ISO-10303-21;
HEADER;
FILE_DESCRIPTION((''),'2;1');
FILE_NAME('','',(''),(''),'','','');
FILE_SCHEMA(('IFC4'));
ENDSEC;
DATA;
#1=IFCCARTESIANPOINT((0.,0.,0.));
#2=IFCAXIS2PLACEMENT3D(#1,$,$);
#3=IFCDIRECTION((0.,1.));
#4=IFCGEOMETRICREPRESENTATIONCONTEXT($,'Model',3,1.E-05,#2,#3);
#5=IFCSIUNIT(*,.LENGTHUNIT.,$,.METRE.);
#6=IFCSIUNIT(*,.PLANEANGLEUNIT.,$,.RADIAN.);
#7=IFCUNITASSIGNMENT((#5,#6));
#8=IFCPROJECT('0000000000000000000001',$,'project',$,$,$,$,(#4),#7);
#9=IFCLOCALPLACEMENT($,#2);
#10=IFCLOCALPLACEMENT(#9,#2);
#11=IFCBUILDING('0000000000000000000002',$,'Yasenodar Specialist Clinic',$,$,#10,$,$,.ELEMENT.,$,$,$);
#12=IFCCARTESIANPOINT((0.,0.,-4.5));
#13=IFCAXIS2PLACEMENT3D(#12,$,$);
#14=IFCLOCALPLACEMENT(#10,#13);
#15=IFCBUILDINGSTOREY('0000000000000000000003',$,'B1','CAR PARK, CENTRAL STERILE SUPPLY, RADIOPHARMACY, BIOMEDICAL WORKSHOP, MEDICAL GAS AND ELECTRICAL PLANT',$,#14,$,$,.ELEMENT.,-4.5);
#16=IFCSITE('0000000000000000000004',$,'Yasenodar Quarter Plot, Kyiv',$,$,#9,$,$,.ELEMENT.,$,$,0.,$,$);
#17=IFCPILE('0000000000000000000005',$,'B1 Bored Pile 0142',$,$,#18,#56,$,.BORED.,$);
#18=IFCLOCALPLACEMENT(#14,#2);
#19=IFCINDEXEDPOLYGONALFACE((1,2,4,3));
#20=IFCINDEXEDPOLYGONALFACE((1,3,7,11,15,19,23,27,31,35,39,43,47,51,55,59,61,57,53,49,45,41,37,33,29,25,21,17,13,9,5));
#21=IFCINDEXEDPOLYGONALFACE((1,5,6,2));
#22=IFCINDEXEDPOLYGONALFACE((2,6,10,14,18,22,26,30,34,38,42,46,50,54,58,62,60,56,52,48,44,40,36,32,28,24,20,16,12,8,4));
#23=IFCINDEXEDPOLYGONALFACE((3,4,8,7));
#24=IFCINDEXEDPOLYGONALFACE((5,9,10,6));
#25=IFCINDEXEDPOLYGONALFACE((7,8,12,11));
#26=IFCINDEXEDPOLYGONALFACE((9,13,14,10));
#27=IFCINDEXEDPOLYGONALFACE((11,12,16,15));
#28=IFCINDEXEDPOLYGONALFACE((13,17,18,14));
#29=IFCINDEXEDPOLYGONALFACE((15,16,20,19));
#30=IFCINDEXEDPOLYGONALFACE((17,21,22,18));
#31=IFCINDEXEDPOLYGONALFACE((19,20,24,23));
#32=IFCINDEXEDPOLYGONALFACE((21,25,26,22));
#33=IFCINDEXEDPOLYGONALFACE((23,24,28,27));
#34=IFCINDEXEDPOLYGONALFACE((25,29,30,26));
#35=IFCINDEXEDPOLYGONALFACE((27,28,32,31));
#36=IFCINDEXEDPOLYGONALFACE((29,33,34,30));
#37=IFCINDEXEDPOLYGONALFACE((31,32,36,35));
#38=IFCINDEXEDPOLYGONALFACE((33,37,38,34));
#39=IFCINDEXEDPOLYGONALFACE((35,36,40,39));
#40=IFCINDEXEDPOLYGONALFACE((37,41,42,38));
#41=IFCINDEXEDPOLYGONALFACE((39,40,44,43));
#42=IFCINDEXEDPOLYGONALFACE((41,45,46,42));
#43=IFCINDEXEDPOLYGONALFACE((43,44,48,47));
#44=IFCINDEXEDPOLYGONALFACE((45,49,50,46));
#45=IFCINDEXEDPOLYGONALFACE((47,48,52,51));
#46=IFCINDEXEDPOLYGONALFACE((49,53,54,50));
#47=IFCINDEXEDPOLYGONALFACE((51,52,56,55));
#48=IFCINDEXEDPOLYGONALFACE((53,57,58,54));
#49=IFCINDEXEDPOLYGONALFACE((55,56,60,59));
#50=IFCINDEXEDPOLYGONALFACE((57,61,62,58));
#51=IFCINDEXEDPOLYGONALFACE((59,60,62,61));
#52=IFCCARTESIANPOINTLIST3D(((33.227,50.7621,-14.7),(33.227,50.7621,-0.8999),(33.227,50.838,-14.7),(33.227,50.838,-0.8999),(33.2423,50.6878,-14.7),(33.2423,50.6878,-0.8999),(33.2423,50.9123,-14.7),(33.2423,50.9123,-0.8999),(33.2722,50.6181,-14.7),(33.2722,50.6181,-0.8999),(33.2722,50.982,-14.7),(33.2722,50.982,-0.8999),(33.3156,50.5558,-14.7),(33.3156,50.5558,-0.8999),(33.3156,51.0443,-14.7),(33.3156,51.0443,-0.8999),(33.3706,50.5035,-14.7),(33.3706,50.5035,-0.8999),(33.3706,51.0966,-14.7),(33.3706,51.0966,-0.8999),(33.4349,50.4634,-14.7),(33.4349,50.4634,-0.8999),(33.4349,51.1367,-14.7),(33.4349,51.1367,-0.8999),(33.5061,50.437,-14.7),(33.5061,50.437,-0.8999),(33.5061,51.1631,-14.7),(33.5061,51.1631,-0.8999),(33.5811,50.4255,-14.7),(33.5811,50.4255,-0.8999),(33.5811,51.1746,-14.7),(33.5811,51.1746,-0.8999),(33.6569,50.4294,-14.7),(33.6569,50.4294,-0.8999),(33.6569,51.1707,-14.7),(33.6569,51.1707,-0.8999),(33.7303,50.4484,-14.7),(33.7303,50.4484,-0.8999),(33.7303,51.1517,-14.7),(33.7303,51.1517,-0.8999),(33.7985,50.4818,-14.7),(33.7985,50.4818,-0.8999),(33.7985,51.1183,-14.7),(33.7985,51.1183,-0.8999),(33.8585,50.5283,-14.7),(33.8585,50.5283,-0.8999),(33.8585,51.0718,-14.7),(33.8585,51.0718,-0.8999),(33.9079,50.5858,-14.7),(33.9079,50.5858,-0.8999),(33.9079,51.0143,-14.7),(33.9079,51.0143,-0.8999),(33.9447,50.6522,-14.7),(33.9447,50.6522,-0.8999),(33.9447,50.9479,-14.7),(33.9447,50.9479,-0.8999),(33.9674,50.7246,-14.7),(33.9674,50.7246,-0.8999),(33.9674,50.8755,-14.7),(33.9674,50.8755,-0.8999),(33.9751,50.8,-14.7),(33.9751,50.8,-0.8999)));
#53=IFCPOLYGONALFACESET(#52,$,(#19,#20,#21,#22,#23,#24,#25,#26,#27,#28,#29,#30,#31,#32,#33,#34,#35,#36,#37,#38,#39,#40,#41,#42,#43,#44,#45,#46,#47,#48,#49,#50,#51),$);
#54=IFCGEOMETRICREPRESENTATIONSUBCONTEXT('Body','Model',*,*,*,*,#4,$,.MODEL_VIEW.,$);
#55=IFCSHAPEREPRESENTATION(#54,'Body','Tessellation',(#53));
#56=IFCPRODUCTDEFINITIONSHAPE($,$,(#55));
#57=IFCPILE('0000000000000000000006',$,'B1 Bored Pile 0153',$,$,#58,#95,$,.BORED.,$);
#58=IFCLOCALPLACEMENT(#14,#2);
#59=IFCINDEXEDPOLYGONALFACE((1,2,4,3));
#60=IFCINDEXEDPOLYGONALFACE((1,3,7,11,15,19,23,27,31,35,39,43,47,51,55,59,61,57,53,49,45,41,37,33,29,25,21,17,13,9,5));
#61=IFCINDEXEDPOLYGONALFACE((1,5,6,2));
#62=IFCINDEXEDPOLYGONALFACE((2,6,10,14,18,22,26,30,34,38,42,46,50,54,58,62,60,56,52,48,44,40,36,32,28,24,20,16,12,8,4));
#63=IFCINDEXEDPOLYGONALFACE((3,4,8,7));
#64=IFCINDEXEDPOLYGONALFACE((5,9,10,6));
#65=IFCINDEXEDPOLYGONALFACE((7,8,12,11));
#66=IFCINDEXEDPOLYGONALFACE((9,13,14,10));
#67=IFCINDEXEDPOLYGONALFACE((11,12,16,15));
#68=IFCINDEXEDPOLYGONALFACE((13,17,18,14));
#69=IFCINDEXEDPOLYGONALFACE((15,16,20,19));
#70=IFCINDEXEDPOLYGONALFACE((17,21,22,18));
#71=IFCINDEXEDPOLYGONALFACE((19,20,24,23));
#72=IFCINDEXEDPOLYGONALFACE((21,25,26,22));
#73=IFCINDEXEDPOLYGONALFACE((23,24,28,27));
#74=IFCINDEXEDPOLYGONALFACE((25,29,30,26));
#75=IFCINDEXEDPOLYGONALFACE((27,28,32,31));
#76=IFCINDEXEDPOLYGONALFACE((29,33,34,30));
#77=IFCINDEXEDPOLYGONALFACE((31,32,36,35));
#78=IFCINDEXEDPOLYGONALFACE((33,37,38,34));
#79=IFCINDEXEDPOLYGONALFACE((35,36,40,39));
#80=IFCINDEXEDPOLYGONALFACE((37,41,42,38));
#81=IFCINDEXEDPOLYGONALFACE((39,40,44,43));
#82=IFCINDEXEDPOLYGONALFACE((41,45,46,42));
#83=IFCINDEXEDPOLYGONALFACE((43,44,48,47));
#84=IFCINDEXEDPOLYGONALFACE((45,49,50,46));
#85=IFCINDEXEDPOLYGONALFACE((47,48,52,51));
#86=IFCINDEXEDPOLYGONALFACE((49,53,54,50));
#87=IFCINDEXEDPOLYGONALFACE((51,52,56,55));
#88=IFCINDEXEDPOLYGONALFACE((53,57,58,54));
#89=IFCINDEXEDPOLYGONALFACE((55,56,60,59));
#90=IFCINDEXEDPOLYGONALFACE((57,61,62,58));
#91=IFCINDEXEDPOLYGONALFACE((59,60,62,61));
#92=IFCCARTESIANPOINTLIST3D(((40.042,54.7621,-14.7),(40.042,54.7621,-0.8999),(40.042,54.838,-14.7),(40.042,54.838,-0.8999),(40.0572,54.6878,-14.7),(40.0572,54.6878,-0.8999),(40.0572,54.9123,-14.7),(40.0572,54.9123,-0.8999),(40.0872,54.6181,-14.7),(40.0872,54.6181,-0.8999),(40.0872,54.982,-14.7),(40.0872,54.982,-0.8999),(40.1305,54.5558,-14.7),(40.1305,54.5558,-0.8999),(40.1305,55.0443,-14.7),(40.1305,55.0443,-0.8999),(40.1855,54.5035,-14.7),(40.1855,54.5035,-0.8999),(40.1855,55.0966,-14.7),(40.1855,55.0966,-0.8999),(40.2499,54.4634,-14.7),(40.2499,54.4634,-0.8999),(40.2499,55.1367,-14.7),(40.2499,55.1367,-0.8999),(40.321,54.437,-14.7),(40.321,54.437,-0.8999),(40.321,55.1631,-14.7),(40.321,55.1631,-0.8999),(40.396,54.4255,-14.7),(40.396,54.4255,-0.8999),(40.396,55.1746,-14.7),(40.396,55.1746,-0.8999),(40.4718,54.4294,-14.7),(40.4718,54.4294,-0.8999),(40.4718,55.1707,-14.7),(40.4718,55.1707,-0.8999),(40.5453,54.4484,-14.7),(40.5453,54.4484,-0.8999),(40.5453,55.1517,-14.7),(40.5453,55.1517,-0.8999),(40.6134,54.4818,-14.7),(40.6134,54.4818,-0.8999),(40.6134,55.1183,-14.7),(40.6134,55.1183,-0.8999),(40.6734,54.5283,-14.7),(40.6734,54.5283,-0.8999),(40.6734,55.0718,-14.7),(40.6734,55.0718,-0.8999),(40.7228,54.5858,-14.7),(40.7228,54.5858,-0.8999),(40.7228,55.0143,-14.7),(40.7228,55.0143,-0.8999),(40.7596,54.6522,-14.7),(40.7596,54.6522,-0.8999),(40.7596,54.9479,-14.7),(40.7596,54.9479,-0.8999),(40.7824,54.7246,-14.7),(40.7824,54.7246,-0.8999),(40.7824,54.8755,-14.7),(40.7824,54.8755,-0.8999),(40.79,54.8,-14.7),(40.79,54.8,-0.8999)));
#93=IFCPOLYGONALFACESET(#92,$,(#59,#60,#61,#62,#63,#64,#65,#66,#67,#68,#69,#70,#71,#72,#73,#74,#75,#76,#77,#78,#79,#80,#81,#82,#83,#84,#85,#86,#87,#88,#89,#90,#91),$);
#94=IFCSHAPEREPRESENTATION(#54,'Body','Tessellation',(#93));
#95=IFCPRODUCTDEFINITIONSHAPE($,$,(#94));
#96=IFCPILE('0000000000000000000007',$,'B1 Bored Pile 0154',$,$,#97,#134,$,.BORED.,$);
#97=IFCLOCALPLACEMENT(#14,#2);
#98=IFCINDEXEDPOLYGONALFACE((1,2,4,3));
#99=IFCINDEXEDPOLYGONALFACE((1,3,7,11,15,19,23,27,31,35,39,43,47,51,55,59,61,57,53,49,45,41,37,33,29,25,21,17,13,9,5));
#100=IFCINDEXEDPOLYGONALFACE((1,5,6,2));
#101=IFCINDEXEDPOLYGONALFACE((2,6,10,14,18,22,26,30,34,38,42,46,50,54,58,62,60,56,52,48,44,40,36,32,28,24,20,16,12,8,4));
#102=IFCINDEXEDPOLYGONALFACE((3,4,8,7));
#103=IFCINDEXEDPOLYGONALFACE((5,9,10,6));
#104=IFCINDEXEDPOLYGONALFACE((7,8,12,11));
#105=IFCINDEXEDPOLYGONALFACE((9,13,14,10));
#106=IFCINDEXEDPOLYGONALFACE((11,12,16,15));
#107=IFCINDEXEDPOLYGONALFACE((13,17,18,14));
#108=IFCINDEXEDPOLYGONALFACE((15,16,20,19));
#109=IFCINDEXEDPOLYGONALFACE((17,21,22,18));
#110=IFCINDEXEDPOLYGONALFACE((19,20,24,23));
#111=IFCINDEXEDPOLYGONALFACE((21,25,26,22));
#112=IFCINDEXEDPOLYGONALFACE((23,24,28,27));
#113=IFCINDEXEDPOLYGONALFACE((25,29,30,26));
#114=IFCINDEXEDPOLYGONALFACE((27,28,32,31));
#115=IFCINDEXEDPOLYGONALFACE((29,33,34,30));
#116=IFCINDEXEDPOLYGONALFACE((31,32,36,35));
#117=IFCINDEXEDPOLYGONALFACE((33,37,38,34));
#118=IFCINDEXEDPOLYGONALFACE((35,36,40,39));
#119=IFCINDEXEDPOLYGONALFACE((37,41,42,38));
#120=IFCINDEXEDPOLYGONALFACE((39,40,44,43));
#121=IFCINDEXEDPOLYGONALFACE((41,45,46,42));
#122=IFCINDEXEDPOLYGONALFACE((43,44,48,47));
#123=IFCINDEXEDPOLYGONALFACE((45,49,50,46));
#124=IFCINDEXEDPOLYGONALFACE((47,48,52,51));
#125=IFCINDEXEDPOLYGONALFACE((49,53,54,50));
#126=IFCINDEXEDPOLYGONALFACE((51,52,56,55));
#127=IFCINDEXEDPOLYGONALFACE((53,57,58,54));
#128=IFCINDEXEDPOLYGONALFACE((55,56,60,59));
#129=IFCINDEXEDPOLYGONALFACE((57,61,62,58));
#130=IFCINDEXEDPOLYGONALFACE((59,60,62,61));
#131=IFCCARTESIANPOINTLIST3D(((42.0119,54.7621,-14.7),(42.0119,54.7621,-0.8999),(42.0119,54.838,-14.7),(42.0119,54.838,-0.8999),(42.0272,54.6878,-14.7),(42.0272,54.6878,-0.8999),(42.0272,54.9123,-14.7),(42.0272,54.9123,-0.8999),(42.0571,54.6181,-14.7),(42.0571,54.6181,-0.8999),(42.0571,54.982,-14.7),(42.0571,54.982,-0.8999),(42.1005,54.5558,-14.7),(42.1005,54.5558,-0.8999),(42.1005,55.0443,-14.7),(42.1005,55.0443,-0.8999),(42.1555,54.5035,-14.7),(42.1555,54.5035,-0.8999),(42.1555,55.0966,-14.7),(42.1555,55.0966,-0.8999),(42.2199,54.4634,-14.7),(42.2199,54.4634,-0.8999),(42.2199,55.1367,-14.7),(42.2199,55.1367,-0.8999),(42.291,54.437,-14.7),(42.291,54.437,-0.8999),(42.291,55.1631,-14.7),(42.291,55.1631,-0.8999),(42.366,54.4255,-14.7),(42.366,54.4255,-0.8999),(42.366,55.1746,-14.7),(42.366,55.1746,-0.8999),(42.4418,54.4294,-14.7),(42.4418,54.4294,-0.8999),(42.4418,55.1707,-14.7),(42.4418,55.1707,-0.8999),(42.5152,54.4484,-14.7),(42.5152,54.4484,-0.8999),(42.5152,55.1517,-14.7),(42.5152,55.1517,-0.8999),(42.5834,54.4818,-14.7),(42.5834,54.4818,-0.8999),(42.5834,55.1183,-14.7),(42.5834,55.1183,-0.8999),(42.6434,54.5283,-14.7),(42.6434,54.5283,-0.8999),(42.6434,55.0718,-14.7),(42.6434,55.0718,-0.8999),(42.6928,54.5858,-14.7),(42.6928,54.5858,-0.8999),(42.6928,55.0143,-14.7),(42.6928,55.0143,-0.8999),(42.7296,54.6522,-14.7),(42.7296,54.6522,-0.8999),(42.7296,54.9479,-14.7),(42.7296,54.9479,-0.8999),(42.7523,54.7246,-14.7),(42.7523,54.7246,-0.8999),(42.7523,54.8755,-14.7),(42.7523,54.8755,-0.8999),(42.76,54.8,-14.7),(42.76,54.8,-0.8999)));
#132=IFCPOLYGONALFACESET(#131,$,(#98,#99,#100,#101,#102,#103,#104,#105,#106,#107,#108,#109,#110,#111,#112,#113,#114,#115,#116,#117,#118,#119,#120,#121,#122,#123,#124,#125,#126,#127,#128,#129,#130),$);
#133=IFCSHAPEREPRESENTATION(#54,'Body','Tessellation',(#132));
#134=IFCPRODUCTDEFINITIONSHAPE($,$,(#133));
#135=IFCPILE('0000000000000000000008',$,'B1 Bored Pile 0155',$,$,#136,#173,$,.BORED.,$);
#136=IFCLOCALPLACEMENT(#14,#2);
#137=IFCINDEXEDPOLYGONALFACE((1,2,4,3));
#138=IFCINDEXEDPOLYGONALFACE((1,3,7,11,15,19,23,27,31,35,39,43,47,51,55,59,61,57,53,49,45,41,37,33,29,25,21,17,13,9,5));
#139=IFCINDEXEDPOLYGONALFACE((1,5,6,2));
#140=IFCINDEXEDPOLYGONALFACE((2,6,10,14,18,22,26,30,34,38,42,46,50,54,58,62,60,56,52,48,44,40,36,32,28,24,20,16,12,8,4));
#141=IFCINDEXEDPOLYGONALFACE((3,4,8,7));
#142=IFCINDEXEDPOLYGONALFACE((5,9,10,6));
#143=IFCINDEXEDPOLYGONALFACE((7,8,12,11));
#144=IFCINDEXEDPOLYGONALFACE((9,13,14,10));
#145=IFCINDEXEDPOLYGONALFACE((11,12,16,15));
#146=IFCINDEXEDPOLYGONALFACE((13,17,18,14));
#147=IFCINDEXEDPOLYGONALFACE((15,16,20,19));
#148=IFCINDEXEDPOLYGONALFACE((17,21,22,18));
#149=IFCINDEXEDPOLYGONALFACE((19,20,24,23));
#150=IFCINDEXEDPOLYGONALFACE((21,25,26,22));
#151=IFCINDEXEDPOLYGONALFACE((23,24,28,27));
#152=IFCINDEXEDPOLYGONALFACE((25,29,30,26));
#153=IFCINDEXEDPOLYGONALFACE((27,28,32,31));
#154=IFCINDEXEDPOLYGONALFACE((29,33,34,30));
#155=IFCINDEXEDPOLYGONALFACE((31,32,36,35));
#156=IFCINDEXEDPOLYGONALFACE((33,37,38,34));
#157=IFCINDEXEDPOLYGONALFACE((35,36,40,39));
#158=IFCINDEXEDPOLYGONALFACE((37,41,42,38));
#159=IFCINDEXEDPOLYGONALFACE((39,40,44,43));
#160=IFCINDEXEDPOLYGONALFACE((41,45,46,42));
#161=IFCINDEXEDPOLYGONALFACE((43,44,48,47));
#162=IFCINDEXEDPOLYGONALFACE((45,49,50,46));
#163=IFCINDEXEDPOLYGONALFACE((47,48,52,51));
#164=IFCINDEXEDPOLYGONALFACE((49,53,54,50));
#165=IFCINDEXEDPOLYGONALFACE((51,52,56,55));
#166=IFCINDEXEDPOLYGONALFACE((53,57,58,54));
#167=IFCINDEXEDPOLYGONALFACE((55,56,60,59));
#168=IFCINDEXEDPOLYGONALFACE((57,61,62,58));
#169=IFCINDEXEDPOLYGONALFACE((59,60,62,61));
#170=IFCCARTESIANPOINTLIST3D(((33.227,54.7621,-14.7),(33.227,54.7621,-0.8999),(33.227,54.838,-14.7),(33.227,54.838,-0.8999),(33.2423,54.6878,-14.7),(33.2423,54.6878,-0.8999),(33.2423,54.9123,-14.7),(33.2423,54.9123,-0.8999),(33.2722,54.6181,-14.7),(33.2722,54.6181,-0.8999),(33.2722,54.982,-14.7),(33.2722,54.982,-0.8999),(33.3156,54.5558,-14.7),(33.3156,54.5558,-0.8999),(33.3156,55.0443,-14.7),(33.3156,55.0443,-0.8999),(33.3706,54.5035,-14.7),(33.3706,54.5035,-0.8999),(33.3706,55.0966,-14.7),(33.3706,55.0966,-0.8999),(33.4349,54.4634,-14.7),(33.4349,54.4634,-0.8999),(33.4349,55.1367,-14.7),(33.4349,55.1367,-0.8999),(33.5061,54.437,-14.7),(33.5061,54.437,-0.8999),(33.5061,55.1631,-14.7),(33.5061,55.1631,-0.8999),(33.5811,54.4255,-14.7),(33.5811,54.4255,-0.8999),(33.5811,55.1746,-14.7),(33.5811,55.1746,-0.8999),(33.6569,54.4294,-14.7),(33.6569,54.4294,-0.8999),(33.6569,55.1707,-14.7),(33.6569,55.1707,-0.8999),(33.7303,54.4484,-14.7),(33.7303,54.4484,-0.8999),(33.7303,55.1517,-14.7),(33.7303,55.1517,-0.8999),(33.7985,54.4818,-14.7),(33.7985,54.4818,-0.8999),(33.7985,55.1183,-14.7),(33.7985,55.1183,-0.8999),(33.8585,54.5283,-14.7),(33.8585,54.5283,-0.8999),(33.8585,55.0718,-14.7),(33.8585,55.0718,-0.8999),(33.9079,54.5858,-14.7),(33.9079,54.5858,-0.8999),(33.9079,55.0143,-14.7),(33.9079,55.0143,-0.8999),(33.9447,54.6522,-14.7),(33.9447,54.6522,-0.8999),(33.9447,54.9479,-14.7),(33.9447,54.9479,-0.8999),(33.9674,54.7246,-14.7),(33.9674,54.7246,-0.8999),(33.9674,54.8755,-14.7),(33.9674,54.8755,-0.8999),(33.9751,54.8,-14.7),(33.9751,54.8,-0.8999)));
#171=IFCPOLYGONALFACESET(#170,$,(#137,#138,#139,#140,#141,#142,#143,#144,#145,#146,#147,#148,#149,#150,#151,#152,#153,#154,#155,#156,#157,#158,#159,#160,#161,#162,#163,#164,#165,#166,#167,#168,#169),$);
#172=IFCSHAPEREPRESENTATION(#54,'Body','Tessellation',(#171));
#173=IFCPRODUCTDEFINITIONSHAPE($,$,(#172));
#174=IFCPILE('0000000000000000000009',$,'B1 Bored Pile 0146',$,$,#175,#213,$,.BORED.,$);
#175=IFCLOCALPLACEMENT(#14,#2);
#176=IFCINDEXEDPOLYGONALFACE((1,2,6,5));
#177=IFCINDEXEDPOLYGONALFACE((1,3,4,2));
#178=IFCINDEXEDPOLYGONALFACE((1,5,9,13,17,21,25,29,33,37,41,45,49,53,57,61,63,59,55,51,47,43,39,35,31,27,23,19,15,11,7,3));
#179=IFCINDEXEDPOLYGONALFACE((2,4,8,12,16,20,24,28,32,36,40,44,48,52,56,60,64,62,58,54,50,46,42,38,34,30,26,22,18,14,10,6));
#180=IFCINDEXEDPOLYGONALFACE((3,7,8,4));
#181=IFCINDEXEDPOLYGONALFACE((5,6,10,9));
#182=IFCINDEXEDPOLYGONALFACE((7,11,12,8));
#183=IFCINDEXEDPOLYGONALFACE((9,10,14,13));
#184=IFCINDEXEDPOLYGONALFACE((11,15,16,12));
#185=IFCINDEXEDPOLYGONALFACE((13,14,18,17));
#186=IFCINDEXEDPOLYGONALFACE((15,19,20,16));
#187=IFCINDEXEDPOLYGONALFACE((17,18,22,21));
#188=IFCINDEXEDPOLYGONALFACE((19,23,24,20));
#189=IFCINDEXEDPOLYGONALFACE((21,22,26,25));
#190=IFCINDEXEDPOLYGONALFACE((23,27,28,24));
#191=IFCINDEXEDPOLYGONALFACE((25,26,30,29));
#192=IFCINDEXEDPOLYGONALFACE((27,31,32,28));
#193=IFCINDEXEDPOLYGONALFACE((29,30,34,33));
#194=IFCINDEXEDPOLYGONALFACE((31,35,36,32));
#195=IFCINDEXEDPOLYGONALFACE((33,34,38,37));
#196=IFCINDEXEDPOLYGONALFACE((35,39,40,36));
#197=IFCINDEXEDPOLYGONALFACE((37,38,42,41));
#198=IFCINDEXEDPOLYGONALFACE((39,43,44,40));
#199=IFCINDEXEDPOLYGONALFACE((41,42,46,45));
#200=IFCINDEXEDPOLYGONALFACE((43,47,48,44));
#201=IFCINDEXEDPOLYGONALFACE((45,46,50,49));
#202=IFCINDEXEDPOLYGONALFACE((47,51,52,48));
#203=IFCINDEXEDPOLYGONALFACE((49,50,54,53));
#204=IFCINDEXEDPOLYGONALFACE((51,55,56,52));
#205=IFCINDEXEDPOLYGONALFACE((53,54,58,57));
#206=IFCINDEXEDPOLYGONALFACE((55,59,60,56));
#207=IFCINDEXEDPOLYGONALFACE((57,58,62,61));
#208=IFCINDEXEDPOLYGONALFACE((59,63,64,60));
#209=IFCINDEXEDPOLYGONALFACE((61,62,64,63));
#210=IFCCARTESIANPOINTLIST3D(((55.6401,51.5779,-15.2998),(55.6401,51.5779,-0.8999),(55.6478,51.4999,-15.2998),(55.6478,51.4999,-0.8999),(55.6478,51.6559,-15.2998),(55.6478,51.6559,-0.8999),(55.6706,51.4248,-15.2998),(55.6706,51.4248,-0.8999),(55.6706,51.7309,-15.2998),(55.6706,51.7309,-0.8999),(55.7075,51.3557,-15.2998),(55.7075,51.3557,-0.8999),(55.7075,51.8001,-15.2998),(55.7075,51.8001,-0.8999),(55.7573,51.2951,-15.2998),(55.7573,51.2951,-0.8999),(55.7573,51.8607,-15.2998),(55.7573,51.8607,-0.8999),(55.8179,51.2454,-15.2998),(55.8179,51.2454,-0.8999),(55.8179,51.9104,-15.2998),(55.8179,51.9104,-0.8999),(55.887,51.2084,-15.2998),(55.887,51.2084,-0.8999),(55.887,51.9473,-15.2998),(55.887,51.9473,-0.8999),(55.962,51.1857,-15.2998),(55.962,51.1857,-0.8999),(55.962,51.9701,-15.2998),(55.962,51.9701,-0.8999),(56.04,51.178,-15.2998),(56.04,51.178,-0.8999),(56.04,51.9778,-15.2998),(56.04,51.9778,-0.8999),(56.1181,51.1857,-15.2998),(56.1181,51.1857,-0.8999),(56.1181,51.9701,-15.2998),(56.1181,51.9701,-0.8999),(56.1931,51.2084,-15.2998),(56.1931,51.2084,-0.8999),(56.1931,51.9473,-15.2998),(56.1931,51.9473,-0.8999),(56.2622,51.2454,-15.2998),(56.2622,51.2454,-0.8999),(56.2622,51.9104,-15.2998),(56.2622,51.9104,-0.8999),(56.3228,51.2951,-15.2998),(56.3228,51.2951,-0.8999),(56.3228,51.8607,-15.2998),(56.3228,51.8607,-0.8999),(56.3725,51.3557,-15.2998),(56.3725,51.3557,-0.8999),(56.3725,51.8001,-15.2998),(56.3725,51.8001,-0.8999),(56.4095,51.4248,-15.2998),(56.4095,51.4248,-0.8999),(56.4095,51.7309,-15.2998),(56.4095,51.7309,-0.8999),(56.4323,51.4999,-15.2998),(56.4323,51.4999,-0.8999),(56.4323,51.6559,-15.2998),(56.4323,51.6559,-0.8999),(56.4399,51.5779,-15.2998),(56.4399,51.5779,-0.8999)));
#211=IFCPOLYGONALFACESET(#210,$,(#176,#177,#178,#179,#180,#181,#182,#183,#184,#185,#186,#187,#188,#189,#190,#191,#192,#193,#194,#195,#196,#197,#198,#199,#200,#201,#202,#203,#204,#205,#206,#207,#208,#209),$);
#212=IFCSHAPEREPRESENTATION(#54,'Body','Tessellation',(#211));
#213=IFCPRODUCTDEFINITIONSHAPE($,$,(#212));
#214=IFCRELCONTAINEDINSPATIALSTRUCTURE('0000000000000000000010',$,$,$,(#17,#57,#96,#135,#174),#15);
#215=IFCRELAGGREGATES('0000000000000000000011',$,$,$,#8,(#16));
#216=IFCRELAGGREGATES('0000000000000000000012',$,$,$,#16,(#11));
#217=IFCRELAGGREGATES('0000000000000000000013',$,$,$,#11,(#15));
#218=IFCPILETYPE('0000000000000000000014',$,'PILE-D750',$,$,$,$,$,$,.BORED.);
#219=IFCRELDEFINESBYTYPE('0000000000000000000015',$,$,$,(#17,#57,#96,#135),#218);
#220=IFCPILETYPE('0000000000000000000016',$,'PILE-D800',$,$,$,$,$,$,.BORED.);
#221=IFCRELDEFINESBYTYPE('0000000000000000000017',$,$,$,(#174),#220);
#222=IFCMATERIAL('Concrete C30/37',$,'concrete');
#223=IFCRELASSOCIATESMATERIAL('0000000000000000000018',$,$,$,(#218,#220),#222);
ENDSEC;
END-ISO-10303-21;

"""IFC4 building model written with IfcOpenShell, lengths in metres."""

from ifc_helpers import new_model, si_unit, direction, frame, origin, origin_2d, place, context, subcontext, project, spatial, circle, extrude, material, material_profile, profile_set, type_object, element, save


model = new_model("IFC4")

# Units and contexts
model_context = context("Model", 3, precision=1e-05, world=origin(), true_north=direction((0.0, 1.0)))
body_context = subcontext(model_context, "Body", "Model", "MODEL_VIEW")
ifc_project = project(units=[si_unit("LENGTHUNIT", "METRE"), si_unit("PLANEANGLEUNIT", "RADIAN")], contexts=[model_context])

# Site, building, storey
site_placement = place(None, origin())
site = spatial("IfcSite", under=ifc_project, at=site_placement, Name="Yasenodar Quarter Plot, Kyiv", CompositionType="ELEMENT", RefElevation=0.0)
building_placement = place(site_placement, origin())
building = spatial("IfcBuilding", under=site, at=building_placement, Name="Yasenodar Specialist Clinic", CompositionType="ELEMENT")
storey_placement = place(building_placement, frame((0.0, 0.0, -4.5)))
storey = spatial("IfcBuildingStorey", under=building, at=storey_placement, Name="B1", Description="CAR PARK, CENTRAL STERILE SUPPLY, RADIOPHARMACY, BIOMEDICAL WORKSHOP, MEDICAL GAS AND ELECTRICAL PLANT", CompositionType="ELEMENT", Elevation=-4.5)

# Piles
ifc_material_1 = material(Name="Concrete C30/37", Category="concrete")
ifc_material_profile_1 = material_profile(ifc_material_1, circle(Radius=0.375, at=origin_2d()), Name="PILE D750")
ifc_profile_set_1 = profile_set([ifc_material_profile_1], Name="Concrete C30/37")
pile_type_1 = type_object("IfcPileType", Name="PILE-D750", PredefinedType="BORED", material=ifc_profile_set_1)
for number, where, z_axis, x_axis, name in (
    (1, (33.6001, 50.8, -0.8999), (0.0, 0.0, -1.0), (1.0, 0.0, 0.0), "B1 Bored Pile 0142"),
    (2, (40.415, 54.8, -0.8999), (0.0, 0.0, -1.0), (1.0, 0.0, 0.0), "B1 Bored Pile 0153"),
    (3, (42.385, 54.8, -0.8999), (0.0, 0.0, -1.0), (1.0, 0.0, 0.0), "B1 Bored Pile 0154"),
    (4, (33.6001, 54.8, -0.8999), (0.0, 0.0, -1.0), (1.0, 0.0, 0.0), "B1 Bored Pile 0155"),
):
    element("IfcPile", number, at=place(storey_placement, frame(where, z_axis=z_axis, x_axis=x_axis)), inside=storey, type_object=pile_type_1, Name=name, PredefinedType="BORED", context=body_context, shape_type="SweptSolid", body=[
        extrude(circle(Radius=0.375, at=origin_2d()), origin(), (0.0, 0.0, 1.0), 13.8),
    ])
ifc_material_profile_2 = material_profile(ifc_material_1, circle(Radius=0.3999, at=origin_2d()), Name="PILE D800")
ifc_profile_set_2 = profile_set([ifc_material_profile_2], Name="Concrete C30/37")
pile_type_2 = type_object("IfcPileType", Name="PILE-D800", PredefinedType="BORED", material=ifc_profile_set_2)
for number, where, z_axis, x_axis, name in (
    (5, (56.04, 51.5779, -0.8999), (0.0, 0.0, -1.0), (1.0, 0.0, 0.0), "B1 Bored Pile 0146"),
):
    element("IfcPile", number, at=place(storey_placement, frame(where, z_axis=z_axis, x_axis=x_axis)), inside=storey, type_object=pile_type_2, Name=name, PredefinedType="BORED", context=body_context, shape_type="SweptSolid", body=[
        extrude(circle(Radius=0.3999, at=origin_2d()), origin(), (0.0, 0.0, 1.0), 14.3999),
    ])

save(model, "model.ifc")
